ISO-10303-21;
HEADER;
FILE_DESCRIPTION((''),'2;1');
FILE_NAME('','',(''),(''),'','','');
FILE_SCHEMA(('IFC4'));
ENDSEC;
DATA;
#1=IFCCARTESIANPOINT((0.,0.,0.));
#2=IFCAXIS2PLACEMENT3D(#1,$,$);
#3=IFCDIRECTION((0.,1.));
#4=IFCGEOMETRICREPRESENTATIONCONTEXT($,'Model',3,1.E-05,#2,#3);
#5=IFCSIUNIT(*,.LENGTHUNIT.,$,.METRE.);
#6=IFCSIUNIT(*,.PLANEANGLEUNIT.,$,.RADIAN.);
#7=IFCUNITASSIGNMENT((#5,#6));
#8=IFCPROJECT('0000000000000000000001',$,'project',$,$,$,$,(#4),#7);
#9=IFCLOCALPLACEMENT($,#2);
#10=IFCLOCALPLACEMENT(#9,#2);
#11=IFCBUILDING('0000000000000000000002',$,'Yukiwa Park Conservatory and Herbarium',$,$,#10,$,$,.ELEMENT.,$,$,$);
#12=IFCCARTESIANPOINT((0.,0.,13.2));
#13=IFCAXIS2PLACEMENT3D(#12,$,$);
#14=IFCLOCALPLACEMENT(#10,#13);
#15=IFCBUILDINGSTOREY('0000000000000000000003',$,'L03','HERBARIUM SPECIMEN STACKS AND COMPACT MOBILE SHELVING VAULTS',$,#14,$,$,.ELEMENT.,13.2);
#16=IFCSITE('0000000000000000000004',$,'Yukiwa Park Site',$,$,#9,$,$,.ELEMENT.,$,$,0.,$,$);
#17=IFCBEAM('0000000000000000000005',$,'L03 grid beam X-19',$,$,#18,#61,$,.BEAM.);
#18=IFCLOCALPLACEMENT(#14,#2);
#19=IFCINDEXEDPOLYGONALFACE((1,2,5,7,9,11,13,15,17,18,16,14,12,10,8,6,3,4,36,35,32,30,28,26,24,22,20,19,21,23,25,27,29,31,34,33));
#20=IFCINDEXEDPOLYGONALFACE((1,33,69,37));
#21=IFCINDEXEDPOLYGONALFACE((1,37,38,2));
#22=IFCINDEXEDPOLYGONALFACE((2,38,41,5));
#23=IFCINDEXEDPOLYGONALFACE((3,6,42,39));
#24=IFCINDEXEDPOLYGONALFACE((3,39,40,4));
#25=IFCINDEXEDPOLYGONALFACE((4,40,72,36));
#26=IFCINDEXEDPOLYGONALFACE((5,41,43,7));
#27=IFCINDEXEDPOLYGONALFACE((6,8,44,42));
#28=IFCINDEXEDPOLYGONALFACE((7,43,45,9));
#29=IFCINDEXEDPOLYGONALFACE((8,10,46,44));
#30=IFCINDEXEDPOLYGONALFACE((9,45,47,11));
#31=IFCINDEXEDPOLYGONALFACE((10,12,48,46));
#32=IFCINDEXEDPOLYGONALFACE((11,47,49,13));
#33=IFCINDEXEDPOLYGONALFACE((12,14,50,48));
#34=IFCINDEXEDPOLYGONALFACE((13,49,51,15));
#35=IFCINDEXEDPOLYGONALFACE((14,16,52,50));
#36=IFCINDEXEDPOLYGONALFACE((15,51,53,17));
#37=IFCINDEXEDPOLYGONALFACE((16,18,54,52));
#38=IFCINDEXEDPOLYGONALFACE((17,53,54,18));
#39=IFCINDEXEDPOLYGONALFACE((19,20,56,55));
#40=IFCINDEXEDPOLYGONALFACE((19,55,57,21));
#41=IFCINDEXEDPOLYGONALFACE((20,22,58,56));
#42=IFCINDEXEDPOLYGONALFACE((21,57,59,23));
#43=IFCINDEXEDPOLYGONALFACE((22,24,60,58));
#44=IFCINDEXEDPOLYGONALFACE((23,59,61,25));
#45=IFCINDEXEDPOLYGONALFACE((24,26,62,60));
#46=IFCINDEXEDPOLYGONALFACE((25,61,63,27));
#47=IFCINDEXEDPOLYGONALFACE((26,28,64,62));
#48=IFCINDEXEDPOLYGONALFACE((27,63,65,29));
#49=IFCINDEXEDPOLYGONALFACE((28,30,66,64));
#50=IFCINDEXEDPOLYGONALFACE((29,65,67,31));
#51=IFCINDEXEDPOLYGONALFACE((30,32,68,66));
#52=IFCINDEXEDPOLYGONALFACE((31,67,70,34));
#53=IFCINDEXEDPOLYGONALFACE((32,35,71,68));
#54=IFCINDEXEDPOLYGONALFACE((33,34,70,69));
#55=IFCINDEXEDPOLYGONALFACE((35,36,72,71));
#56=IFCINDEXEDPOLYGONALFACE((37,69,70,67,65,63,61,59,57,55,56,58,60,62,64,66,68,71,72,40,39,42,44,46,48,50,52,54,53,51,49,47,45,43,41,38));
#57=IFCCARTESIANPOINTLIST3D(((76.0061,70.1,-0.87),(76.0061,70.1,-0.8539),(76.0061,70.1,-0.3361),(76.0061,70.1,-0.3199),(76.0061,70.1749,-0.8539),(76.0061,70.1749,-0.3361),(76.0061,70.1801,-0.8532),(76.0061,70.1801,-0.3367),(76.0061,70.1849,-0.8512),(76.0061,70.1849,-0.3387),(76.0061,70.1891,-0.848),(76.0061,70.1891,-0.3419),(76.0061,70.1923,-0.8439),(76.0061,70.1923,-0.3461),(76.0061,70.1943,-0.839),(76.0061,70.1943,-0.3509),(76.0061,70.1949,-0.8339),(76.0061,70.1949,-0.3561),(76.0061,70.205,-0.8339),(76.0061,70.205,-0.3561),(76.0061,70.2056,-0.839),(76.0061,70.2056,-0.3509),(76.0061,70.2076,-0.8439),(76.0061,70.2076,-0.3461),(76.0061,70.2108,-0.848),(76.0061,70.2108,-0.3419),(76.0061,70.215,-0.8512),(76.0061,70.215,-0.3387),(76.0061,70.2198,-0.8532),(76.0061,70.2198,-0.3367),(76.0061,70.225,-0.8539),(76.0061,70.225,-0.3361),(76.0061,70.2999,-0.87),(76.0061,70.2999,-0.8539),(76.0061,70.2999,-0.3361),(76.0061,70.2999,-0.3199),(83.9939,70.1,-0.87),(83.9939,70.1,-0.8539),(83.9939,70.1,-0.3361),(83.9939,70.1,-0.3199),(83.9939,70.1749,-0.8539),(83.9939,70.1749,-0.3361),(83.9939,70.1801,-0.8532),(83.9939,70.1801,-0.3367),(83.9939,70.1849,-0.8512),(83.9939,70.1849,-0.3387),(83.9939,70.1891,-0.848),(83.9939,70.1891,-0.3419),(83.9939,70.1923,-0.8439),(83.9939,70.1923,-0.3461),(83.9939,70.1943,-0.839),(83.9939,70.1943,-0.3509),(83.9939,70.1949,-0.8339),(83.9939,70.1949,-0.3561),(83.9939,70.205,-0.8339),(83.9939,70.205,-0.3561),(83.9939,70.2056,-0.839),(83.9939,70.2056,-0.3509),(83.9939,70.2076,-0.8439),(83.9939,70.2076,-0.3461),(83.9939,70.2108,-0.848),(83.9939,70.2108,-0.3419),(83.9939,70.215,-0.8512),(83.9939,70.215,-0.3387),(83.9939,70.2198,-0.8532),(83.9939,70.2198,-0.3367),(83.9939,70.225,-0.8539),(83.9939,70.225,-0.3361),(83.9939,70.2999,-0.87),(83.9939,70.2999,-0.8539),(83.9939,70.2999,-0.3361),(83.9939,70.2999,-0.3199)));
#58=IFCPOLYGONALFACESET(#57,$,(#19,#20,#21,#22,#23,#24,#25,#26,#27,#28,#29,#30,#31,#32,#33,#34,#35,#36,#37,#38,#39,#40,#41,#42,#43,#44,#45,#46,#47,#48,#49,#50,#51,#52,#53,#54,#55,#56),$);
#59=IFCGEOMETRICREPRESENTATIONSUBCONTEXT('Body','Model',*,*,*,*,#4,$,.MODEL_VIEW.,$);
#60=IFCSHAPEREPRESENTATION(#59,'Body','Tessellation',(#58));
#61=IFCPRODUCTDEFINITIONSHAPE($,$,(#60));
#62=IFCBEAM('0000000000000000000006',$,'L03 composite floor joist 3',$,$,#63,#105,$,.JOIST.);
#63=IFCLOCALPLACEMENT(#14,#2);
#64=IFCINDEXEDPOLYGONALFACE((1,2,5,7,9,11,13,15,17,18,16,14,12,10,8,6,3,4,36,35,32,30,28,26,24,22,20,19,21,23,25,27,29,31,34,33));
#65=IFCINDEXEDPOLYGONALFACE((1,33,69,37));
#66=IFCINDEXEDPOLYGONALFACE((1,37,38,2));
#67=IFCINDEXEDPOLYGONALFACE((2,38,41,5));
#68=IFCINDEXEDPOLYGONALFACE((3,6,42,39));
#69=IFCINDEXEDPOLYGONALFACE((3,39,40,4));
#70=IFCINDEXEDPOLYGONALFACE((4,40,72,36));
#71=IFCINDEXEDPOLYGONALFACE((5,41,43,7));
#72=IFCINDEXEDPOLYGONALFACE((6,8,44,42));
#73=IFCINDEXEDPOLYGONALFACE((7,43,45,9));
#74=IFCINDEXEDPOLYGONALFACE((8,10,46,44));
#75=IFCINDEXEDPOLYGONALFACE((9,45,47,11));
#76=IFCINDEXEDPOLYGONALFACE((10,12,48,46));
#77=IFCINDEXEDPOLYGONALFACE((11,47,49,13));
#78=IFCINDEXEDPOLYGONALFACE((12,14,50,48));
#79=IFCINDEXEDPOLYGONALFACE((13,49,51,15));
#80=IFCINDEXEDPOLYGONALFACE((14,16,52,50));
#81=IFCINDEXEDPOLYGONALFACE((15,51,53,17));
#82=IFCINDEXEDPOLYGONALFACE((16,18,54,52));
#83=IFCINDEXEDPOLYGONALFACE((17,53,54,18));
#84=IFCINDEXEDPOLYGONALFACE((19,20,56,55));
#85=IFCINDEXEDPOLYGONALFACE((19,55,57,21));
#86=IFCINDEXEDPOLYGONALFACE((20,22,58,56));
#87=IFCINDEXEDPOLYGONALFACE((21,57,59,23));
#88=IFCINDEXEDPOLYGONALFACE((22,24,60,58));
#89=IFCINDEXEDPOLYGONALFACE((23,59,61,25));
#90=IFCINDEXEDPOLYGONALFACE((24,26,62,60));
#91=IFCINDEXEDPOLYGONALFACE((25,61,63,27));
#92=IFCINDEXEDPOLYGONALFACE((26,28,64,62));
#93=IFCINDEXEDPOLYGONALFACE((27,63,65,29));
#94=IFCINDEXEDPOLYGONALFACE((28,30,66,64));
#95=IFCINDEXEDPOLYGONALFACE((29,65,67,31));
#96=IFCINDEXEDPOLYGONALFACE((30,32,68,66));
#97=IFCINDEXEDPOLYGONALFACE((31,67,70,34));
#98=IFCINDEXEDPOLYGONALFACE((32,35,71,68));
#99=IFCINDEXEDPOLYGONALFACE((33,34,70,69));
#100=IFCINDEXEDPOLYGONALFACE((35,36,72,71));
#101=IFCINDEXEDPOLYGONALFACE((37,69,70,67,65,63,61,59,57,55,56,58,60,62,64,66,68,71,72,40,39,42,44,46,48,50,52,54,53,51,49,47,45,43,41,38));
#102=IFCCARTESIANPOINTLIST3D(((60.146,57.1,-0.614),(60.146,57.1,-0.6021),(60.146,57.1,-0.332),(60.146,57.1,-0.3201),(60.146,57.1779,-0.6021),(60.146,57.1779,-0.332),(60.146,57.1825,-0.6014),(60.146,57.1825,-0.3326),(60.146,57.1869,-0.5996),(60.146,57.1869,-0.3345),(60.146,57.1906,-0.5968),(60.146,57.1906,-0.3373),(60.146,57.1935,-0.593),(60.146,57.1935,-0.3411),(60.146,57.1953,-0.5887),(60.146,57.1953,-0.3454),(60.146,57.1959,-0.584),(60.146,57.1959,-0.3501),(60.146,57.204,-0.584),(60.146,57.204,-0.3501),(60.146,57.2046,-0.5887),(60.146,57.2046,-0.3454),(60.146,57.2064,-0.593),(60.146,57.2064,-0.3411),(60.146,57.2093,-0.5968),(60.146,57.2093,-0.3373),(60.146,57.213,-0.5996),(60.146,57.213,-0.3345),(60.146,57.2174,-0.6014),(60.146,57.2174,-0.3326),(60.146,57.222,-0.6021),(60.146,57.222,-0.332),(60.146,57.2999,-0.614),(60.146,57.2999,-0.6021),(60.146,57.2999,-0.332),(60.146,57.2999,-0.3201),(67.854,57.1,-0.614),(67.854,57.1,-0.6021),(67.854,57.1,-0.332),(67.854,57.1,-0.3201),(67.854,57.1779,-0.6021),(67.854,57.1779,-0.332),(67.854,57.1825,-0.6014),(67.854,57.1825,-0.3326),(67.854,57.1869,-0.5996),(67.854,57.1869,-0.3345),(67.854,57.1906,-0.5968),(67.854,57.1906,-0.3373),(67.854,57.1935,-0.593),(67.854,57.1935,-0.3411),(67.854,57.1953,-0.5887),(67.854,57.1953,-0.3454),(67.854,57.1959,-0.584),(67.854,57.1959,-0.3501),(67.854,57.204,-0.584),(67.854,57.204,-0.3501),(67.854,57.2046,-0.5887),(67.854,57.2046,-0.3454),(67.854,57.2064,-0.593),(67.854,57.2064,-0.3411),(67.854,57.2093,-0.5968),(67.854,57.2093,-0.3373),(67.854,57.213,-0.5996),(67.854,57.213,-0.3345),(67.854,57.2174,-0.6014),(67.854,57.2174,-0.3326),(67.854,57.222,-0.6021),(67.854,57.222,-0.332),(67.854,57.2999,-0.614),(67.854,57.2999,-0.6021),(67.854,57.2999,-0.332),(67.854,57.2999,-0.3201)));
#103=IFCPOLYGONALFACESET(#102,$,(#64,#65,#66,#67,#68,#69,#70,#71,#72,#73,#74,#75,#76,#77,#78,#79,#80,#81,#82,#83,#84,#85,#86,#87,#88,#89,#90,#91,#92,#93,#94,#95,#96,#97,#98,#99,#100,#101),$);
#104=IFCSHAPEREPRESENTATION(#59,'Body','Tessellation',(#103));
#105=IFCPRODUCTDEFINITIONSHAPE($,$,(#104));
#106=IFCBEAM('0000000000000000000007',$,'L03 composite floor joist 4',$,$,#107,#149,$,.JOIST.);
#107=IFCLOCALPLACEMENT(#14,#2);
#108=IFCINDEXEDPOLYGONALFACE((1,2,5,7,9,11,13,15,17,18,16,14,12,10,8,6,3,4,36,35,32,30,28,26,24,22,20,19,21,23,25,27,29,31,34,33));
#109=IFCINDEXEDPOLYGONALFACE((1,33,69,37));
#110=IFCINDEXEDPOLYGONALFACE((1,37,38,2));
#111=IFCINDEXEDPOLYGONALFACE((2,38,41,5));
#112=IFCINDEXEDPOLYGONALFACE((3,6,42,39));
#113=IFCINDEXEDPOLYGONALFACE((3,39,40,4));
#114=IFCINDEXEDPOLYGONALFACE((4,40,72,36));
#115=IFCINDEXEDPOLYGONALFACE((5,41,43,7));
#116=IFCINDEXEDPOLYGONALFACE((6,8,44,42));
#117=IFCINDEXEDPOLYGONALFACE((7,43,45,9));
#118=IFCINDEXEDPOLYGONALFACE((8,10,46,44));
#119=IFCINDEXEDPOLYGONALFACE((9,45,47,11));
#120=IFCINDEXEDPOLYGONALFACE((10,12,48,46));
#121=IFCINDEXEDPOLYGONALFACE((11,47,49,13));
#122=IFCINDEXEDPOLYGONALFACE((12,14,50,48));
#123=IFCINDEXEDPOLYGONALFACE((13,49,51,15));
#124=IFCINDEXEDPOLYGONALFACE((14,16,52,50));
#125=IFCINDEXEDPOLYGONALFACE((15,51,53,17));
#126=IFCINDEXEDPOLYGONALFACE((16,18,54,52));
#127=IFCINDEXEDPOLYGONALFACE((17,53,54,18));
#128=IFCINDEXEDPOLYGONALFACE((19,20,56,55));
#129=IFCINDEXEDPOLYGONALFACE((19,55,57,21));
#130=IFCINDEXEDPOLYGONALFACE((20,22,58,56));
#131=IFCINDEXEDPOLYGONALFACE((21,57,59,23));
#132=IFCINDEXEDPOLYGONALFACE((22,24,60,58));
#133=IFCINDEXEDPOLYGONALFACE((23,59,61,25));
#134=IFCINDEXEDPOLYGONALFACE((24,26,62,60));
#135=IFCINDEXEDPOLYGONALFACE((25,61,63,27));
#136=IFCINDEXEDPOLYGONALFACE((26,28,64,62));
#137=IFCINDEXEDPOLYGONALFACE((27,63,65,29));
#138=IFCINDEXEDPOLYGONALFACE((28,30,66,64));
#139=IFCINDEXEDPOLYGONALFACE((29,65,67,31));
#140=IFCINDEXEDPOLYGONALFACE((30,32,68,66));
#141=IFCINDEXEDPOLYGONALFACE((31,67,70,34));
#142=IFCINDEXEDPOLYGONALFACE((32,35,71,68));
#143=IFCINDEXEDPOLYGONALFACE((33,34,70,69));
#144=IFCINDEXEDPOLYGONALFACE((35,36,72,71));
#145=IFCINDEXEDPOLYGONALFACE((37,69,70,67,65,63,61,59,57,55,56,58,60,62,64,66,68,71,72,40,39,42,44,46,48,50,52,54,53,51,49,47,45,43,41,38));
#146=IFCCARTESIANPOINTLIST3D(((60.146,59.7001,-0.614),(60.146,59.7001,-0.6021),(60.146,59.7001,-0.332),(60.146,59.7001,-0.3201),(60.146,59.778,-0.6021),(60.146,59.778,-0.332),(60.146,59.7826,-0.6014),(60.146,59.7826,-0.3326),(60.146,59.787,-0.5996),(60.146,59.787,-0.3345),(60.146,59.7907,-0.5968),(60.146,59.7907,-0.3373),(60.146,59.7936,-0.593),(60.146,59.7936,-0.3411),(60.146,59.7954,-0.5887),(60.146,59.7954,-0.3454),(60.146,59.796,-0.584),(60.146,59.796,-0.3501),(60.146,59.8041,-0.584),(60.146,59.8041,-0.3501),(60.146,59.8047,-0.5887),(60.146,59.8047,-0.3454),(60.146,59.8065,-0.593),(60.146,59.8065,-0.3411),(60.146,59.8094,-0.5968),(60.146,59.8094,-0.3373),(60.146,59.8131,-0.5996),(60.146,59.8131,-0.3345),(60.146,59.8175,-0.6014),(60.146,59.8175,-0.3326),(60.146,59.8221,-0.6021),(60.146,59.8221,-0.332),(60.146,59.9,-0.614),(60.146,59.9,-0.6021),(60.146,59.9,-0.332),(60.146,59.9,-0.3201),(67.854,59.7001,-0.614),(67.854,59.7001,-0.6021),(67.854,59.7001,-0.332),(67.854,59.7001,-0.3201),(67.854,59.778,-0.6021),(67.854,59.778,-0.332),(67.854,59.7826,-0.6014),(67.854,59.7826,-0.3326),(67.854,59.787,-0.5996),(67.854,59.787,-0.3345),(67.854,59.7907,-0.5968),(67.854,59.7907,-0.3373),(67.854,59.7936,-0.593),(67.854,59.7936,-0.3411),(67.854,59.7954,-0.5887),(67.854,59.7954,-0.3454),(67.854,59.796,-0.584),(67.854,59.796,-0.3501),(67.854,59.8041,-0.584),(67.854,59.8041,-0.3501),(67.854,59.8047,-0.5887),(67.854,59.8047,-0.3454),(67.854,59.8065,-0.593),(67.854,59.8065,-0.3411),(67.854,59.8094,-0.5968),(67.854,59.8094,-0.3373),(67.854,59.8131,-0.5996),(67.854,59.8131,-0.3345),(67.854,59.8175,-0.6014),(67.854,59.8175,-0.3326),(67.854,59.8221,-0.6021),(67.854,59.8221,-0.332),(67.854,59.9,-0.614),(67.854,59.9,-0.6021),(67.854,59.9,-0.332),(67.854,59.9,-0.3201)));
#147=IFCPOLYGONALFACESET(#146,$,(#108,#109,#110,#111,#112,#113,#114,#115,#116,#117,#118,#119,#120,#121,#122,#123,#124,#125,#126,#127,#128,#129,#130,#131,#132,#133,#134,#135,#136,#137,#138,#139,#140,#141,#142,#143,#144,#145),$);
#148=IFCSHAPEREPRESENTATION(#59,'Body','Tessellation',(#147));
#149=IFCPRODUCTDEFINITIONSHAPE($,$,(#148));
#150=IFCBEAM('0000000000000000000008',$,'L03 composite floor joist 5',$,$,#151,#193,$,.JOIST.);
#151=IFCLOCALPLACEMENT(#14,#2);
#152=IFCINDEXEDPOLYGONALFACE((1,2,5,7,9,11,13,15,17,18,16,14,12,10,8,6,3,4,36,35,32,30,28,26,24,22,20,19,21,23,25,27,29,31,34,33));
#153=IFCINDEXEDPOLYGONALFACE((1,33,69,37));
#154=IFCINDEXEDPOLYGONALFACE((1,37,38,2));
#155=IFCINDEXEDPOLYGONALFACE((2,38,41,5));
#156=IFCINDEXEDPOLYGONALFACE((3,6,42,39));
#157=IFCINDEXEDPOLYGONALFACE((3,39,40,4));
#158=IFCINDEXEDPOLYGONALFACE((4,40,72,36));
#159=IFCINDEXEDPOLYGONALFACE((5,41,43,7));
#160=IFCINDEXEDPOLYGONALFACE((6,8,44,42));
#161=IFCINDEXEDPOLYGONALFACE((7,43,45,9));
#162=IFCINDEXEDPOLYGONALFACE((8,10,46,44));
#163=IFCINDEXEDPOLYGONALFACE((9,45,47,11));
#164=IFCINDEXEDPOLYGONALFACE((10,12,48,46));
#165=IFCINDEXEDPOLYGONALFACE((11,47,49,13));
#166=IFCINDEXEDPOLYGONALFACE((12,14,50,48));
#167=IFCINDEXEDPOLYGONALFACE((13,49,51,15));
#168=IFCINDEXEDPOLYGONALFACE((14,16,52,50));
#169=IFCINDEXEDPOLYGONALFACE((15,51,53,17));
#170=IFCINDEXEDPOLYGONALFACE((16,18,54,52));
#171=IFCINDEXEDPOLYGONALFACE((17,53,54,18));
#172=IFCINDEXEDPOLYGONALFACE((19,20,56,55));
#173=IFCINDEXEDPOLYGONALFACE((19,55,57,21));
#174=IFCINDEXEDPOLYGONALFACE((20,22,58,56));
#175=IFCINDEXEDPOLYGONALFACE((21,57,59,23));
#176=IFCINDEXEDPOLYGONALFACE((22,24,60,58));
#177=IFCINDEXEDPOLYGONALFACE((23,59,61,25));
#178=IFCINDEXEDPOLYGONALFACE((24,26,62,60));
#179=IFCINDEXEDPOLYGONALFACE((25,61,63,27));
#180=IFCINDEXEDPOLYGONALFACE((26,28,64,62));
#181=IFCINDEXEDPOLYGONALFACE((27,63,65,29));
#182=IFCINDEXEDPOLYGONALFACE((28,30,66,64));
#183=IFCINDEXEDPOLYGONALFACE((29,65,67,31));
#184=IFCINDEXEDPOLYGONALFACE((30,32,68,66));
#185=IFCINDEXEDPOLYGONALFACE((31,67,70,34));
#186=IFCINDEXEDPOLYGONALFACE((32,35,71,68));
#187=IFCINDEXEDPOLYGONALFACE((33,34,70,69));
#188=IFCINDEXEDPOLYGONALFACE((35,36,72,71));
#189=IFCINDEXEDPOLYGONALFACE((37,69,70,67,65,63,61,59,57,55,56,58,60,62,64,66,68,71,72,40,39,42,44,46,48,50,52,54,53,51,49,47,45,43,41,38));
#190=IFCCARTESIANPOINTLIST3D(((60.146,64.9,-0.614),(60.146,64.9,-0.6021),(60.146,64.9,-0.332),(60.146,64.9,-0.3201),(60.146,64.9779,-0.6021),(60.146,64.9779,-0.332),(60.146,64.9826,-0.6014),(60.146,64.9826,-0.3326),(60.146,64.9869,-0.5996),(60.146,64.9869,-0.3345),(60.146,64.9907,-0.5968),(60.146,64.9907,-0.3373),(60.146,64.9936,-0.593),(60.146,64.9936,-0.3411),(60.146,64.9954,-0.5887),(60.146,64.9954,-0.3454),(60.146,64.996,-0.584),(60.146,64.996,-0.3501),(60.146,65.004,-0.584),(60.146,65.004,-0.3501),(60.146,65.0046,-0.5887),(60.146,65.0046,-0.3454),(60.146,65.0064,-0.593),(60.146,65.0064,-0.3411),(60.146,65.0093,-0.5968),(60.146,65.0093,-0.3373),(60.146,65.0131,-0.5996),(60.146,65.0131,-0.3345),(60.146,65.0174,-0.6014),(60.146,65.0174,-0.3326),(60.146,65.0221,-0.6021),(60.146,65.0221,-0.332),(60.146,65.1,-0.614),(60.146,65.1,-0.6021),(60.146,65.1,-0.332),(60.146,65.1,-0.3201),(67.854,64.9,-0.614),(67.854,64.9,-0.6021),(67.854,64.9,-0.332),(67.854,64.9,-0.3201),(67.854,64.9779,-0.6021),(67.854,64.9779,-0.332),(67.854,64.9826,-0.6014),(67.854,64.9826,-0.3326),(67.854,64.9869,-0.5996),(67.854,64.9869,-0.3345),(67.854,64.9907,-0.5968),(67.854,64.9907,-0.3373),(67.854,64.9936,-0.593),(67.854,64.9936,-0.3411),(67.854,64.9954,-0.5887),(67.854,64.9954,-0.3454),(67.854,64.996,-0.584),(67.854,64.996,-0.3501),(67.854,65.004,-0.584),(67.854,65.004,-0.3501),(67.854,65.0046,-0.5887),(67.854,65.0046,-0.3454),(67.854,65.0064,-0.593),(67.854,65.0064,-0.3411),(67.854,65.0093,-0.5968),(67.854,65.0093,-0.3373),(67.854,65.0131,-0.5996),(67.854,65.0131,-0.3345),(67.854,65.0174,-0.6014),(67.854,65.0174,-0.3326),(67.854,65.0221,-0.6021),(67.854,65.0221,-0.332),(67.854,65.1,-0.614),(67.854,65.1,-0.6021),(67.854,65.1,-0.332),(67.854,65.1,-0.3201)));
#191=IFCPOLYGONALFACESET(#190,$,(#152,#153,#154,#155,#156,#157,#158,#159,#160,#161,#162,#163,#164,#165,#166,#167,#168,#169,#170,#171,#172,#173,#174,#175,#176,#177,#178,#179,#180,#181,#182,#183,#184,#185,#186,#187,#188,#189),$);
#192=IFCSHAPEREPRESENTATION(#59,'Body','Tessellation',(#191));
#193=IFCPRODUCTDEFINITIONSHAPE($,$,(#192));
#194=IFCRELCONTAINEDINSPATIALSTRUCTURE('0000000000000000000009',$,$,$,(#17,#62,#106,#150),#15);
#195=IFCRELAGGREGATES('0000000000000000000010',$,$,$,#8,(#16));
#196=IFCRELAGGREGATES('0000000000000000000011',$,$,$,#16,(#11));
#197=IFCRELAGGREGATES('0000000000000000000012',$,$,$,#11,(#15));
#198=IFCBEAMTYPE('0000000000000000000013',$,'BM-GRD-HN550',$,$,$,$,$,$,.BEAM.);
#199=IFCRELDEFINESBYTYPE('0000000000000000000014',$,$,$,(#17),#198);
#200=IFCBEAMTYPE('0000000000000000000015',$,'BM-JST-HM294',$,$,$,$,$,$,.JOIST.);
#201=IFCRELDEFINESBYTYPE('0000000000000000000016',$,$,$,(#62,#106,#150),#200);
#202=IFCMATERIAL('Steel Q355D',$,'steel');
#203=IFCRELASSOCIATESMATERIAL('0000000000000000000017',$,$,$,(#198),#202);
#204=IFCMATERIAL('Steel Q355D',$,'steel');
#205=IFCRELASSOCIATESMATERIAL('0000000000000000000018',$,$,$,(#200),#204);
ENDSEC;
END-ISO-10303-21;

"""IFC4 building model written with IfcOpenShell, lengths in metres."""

from ifc_helpers import new_model, si_unit, direction, frame, origin, origin_2d, place, context, subcontext, project, spatial, i_section, extrude, material, material_profile, profile_set, type_object, element, save


model = new_model("IFC4")

# Units and contexts
model_context = context("Model", 3, precision=1e-05, world=origin(), true_north=direction((0.0, 1.0)))
body_context = subcontext(model_context, "Body", "Model", "MODEL_VIEW")
ifc_project = project(units=[si_unit("LENGTHUNIT", "METRE"), si_unit("PLANEANGLEUNIT", "RADIAN")], contexts=[model_context])

# Site, building, storey
site_placement = place(None, origin())
site = spatial("IfcSite", under=ifc_project, at=site_placement, Name="Yukiwa Park Site", CompositionType="ELEMENT", RefElevation=0.0)
building_placement = place(site_placement, origin())
building = spatial("IfcBuilding", under=site, at=building_placement, Name="Yukiwa Park Conservatory and Herbarium", CompositionType="ELEMENT")
storey_placement = place(building_placement, frame((0.0, 0.0, 13.2)))
storey = spatial("IfcBuildingStorey", under=building, at=storey_placement, Name="L03", Description="HERBARIUM SPECIMEN STACKS AND COMPACT MOBILE SHELVING VAULTS", CompositionType="ELEMENT", Elevation=13.2)

# Beams
ifc_material_1 = material(Name="Steel Q355D", Category="steel")
ifc_material_profile_1 = material_profile(ifc_material_1, i_section(OverallWidth=0.2, OverallDepth=0.55, WebThickness=0.01, FlangeThickness=0.0161, FilletRadius=0.02, at=origin_2d()), Name="HN 550x200x10x16")
ifc_profile_set_1 = profile_set([ifc_material_profile_1], Name="Steel Q355D")
beam_type_1 = type_object("IfcBeamType", Name="BM-GRD-HN550", PredefinedType="BEAM", material=ifc_profile_set_1)
for number, where, z_axis, x_axis, name in (
    (1, (76.0061, 70.2, -0.595), (1.0, 0.0, 0.0), (0.0, 1.0, 0.0), "L03 grid beam X-19"),
):
    element("IfcBeam", number, at=place(storey_placement, frame(where, z_axis=z_axis, x_axis=x_axis)), inside=storey, type_object=beam_type_1, Name=name, PredefinedType="BEAM", context=body_context, shape_type="SweptSolid", body=[
        extrude(i_section(OverallWidth=0.2, OverallDepth=0.55, WebThickness=0.01, FlangeThickness=0.0161, FilletRadius=0.02, at=origin_2d()), origin(), (0.0, 0.0, 1.0), 7.9878),
    ])
ifc_material_2 = material(Name="Steel Q355D", Category="steel")
ifc_material_profile_2 = material_profile(ifc_material_2, i_section(OverallWidth=0.2, OverallDepth=0.2939, WebThickness=0.0081, FlangeThickness=0.012, FilletRadius=0.0181, at=origin_2d()), Name="HM 294x200x8x12")
ifc_profile_set_2 = profile_set([ifc_material_profile_2], Name="Steel Q355D")
beam_type_2 = type_object("IfcBeamType", Name="BM-JST-HM294", PredefinedType="JOIST", material=ifc_profile_set_2)
for number, where, z_axis, x_axis, name in (
    (2, (60.146, 57.2, -0.467), (1.0, 0.0, 0.0), (0.0, 1.0, 0.0), "L03 composite floor joist 3"),
    (3, (60.146, 59.8, -0.467), (1.0, 0.0, 0.0), (0.0, 1.0, 0.0), "L03 composite floor joist 4"),
    (4, (60.146, 65.0, -0.467), (1.0, 0.0, 0.0), (0.0, 1.0, 0.0), "L03 composite floor joist 5"),
):
    element("IfcBeam", number, at=place(storey_placement, frame(where, z_axis=z_axis, x_axis=x_axis)), inside=storey, type_object=beam_type_2, Name=name, PredefinedType="JOIST", context=body_context, shape_type="SweptSolid", body=[
        extrude(i_section(OverallWidth=0.2, OverallDepth=0.2939, WebThickness=0.0081, FlangeThickness=0.012, FilletRadius=0.0181, at=origin_2d()), origin(), (0.0, 0.0, 1.0), 7.708),
    ])

save(model, "model.ifc")
